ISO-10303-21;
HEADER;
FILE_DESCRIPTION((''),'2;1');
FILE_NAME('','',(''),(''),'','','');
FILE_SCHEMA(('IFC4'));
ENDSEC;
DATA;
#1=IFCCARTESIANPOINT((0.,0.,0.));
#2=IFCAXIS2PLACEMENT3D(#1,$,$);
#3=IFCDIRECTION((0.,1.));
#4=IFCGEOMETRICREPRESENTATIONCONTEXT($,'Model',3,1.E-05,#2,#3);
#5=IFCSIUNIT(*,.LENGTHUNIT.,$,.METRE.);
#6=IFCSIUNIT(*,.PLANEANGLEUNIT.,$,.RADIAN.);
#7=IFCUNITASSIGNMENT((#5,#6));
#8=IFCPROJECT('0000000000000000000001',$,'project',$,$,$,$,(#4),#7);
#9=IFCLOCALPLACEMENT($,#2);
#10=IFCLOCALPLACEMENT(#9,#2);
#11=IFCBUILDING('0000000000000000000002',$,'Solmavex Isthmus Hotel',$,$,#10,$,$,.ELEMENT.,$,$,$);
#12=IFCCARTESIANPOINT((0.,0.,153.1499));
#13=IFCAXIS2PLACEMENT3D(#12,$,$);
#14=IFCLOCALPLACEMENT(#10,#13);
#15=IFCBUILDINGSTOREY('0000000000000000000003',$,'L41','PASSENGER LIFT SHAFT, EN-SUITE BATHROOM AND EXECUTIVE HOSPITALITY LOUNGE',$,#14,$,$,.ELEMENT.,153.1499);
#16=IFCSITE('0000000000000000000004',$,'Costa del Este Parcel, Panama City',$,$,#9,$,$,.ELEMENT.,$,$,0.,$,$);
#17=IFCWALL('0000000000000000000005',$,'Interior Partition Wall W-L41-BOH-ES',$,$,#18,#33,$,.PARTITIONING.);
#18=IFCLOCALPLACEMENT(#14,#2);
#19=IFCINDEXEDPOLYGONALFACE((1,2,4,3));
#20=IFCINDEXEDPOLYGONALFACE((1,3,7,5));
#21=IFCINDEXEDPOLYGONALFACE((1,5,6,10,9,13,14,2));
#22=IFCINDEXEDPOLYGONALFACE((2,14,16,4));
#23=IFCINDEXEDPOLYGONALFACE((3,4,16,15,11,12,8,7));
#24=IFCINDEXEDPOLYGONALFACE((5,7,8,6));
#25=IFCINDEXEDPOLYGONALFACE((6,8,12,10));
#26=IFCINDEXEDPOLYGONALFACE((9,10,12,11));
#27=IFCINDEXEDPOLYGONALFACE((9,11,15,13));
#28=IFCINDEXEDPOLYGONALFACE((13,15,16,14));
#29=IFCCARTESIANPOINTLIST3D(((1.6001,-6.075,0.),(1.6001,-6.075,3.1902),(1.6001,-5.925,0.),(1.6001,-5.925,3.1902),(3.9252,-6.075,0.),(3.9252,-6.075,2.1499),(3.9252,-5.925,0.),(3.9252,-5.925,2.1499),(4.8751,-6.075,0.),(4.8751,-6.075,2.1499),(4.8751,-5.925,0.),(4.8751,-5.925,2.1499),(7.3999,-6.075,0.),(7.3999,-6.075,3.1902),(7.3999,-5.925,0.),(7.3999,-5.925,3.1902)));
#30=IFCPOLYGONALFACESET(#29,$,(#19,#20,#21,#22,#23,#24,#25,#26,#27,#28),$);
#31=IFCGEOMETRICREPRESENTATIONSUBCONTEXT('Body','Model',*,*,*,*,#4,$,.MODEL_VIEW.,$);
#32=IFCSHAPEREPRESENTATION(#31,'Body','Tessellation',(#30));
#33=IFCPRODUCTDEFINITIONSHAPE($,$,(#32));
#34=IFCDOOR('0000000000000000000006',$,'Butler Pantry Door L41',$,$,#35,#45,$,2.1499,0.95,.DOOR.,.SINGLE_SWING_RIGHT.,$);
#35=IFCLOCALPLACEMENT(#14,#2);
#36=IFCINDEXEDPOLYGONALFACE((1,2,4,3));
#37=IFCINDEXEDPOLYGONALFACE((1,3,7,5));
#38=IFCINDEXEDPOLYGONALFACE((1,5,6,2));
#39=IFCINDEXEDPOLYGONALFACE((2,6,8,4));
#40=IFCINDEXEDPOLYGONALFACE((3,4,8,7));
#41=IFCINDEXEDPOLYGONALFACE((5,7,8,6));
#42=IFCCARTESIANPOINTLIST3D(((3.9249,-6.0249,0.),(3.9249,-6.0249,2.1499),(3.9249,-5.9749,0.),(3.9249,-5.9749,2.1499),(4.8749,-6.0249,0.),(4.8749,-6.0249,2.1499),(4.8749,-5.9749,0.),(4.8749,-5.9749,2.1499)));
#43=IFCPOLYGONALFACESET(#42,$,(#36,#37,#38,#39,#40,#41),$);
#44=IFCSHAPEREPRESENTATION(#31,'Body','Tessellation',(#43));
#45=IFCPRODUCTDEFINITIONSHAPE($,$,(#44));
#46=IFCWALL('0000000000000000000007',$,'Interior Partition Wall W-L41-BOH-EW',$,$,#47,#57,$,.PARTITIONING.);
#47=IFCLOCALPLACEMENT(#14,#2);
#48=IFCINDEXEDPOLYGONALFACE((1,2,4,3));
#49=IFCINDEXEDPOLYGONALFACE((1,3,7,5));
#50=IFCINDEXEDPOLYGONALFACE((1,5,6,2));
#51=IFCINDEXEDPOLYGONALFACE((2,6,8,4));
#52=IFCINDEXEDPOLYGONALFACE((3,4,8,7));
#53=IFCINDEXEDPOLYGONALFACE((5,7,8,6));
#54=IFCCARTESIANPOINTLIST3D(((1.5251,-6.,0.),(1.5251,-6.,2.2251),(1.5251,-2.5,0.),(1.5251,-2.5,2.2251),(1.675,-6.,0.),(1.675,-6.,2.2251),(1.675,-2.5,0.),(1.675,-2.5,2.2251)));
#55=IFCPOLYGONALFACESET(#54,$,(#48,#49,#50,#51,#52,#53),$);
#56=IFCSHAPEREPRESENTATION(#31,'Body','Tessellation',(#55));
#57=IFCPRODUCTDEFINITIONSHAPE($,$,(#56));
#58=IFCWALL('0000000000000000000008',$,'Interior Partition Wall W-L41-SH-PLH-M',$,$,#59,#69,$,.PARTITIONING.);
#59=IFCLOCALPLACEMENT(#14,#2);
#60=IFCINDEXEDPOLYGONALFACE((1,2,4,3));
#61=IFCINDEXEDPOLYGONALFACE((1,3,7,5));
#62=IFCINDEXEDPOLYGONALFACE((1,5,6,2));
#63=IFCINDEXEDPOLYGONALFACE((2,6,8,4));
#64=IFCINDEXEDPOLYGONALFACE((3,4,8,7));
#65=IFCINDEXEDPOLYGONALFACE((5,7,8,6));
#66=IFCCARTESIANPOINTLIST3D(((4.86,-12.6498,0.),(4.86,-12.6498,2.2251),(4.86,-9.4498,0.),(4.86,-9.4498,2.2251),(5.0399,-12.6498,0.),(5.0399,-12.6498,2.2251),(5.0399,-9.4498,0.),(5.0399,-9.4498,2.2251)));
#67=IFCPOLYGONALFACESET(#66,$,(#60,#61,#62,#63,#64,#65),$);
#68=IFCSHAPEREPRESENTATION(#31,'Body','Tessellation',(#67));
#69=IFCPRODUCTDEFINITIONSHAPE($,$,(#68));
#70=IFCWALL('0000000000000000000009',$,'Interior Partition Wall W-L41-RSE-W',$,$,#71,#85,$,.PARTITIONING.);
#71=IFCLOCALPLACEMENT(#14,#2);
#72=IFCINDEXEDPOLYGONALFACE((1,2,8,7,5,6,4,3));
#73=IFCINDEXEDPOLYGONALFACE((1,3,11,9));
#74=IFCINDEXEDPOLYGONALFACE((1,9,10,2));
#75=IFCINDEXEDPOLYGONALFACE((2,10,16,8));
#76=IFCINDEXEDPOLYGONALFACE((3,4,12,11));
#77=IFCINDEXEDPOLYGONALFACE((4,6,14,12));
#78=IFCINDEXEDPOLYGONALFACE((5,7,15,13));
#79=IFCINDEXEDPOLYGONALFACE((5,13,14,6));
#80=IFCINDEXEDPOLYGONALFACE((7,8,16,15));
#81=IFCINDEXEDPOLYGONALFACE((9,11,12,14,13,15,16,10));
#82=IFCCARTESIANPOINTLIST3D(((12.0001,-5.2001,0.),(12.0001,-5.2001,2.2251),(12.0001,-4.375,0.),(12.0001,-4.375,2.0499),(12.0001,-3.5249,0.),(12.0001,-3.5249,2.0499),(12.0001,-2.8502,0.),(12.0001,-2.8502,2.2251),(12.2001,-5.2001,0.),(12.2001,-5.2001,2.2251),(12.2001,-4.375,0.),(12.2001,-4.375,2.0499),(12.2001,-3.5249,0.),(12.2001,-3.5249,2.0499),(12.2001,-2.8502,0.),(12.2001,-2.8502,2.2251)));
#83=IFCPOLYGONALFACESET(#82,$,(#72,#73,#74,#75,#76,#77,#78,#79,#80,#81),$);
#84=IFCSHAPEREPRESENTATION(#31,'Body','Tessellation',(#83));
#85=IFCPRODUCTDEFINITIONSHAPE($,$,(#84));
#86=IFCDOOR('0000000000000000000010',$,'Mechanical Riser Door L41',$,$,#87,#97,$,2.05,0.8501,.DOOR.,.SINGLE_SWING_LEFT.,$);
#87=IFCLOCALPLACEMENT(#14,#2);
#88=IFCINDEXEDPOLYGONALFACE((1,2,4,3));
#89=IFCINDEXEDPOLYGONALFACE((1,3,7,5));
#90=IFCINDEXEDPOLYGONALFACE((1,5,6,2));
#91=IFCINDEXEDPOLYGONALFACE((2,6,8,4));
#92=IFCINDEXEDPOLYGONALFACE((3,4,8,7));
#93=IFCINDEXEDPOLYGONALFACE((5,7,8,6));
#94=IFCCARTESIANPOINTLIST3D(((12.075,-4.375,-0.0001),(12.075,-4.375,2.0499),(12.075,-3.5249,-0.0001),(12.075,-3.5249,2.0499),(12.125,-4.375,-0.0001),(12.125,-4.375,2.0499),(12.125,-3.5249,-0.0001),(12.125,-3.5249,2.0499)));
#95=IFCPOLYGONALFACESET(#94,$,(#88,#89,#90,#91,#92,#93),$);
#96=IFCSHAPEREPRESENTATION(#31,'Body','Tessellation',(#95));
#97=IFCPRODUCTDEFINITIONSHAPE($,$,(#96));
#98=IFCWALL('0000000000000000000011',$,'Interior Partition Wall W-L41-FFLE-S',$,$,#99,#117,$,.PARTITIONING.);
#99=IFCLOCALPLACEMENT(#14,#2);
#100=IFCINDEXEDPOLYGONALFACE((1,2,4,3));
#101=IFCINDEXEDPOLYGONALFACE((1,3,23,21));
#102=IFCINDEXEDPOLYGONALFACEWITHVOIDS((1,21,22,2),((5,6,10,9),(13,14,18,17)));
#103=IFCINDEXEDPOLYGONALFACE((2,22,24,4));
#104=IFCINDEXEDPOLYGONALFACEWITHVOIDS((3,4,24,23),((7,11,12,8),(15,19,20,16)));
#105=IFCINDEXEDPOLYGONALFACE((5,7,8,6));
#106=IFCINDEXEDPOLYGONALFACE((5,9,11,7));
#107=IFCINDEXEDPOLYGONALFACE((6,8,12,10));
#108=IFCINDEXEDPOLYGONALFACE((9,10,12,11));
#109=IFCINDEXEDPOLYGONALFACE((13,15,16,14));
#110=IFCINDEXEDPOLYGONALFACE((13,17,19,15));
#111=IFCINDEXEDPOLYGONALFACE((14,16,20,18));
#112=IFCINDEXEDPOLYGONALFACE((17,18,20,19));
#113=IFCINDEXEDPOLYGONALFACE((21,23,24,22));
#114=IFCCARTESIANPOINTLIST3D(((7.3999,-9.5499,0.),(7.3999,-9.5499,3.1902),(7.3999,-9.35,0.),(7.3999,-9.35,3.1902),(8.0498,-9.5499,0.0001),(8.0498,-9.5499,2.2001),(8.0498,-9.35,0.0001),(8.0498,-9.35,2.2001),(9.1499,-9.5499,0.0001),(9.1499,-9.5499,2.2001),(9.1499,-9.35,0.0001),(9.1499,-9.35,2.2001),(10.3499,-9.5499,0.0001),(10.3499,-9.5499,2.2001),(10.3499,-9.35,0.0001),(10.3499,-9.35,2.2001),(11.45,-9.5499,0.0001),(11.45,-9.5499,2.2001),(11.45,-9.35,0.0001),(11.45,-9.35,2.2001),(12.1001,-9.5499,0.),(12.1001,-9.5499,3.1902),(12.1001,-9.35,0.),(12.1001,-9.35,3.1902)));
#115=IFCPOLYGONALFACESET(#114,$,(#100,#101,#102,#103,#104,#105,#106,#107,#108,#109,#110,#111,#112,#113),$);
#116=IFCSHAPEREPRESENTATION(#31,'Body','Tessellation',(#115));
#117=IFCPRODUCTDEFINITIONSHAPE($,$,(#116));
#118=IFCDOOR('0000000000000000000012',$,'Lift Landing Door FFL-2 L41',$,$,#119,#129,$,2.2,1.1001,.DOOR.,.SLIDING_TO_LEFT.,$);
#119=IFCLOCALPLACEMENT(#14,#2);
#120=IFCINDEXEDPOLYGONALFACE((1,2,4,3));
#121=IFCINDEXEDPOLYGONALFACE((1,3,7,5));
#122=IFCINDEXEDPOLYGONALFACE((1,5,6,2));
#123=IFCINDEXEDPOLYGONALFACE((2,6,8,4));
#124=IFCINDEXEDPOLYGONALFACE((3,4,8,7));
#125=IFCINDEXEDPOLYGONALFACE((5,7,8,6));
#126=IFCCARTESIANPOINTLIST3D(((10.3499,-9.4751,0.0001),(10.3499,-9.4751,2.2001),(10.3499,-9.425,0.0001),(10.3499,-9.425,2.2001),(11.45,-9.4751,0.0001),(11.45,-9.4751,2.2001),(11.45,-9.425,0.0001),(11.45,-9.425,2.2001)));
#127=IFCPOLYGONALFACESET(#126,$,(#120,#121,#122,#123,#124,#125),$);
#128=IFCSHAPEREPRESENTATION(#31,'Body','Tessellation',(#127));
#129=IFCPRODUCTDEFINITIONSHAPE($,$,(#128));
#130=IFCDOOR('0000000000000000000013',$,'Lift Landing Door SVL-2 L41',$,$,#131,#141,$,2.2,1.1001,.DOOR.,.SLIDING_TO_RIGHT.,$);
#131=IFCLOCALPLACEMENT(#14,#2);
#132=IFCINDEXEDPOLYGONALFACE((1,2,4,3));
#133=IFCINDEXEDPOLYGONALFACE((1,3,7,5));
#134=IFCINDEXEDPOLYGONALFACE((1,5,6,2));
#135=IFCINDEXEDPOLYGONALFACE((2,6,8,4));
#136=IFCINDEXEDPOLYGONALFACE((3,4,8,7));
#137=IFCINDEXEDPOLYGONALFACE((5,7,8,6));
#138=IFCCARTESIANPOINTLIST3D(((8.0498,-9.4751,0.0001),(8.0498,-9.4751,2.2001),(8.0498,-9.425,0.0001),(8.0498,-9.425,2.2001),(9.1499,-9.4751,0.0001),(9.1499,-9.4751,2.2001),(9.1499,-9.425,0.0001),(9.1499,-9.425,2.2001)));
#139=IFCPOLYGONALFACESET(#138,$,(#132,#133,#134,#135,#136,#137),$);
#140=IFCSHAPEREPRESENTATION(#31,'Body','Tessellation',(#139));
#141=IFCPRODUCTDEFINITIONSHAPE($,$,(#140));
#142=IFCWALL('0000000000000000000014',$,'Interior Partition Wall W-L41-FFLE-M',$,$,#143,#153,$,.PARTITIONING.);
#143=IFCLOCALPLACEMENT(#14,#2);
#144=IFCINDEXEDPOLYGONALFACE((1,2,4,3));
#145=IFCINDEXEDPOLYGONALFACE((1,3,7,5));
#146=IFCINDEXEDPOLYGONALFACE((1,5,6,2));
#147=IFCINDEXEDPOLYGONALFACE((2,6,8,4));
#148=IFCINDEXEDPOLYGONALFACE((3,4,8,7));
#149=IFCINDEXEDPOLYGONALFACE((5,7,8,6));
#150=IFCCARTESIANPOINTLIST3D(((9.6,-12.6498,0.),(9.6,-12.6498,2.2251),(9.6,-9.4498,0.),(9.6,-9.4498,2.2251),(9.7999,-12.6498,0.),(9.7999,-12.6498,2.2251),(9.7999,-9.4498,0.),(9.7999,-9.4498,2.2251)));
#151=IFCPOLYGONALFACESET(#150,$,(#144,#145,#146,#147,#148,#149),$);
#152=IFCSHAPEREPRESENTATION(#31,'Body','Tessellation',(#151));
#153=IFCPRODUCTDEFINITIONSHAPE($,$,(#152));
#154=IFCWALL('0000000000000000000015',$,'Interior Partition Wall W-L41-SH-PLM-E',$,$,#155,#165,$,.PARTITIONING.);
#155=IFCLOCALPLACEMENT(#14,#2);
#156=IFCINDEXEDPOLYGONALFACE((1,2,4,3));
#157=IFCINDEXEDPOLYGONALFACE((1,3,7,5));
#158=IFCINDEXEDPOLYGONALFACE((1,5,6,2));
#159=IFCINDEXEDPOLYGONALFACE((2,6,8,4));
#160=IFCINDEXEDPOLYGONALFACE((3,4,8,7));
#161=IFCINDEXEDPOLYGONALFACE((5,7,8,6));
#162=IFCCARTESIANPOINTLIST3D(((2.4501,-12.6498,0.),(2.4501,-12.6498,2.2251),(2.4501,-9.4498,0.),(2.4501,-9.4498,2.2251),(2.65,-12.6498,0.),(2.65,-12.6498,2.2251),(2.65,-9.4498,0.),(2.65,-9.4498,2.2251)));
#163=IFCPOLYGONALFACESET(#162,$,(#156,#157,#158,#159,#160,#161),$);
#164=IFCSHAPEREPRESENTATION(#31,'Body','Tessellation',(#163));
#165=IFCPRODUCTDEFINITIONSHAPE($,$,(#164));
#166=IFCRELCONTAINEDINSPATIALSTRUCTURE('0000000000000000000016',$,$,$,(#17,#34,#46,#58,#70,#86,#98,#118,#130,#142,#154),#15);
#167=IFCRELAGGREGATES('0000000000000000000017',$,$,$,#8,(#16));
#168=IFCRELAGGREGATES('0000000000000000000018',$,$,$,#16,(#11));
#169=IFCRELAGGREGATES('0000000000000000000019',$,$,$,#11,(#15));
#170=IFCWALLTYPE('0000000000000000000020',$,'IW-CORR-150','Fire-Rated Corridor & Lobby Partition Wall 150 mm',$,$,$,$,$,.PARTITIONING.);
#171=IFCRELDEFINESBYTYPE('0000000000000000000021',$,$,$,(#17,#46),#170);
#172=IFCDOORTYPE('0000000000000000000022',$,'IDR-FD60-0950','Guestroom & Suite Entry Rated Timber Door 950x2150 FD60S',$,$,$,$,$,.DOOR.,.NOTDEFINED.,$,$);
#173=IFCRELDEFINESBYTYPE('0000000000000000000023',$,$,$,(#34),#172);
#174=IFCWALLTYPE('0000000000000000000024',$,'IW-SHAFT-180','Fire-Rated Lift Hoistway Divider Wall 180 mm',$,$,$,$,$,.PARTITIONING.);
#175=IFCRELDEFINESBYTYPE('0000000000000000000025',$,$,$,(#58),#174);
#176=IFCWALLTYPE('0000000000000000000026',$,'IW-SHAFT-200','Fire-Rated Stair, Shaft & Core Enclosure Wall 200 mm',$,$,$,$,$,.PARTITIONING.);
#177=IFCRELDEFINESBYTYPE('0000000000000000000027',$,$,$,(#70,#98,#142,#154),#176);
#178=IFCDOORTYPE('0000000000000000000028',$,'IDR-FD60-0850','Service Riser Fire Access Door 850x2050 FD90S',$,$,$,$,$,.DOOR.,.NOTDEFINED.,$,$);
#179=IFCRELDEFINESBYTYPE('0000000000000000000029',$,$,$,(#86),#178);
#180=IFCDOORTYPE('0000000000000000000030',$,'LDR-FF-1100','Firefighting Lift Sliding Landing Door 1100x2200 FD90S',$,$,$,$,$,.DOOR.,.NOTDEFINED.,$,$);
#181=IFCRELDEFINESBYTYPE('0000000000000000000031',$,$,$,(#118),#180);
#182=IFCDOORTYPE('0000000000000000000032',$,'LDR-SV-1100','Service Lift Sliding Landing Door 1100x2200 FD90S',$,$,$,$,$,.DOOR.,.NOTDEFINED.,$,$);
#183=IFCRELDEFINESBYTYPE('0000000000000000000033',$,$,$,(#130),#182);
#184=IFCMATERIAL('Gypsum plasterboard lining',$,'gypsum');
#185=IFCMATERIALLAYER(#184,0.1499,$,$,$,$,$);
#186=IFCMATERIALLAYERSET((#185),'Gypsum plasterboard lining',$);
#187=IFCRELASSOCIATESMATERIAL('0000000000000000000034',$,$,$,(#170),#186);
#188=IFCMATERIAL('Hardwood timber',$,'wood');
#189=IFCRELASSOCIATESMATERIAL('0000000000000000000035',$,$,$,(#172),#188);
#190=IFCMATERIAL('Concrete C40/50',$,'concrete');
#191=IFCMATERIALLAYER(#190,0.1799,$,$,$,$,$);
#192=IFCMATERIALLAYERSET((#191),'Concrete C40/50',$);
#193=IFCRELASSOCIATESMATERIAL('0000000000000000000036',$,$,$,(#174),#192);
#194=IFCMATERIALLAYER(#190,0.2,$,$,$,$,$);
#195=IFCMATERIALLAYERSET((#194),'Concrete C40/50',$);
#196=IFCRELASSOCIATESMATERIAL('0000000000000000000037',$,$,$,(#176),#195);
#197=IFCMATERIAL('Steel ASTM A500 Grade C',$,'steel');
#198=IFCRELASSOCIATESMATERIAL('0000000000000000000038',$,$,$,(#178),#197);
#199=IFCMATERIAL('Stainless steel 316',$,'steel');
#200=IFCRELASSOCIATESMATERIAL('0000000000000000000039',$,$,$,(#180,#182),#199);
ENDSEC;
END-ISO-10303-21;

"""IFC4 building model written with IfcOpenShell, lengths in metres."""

from ifc_helpers import new_model, si_unit, direction, frame, frame_2d, origin, place, context, subcontext, project, spatial, rectangle, extrude, material, layer, layer_set, type_object, element, fill, save


model = new_model("IFC4")

# Units and contexts
model_context = context("Model", 3, precision=1e-05, world=origin(), true_north=direction((0.0, 1.0)))
body_context = subcontext(model_context, "Body", "Model", "MODEL_VIEW")
ifc_project = project(units=[si_unit("LENGTHUNIT", "METRE"), si_unit("PLANEANGLEUNIT", "RADIAN")], contexts=[model_context])

# Site, building, storey
site_placement = place(None, origin())
site = spatial("IfcSite", under=ifc_project, at=site_placement, Name="Costa del Este Parcel, Panama City", CompositionType="ELEMENT", RefElevation=0.0)
building_placement = place(site_placement, origin())
building = spatial("IfcBuilding", under=site, at=building_placement, Name="Solmavex Isthmus Hotel", CompositionType="ELEMENT")
storey_placement = place(building_placement, frame((0.0, 0.0, 153.1499)))
storey = spatial("IfcBuildingStorey", under=building, at=storey_placement, Name="L41", Description="PASSENGER LIFT SHAFT, EN-SUITE BATHROOM AND EXECUTIVE HOSPITALITY LOUNGE", CompositionType="ELEMENT", Elevation=153.1499)

# Wall, opening, door
ifc_material_1 = material(Name="Gypsum plasterboard lining", Category="gypsum")
ifc_layer_1 = layer(ifc_material_1, 0.1499)
ifc_layer_set_1 = layer_set([ifc_layer_1], Name="Gypsum plasterboard lining")
wall_type_1 = type_object("IfcWallType", Name="IW-CORR-150", Description="Fire-Rated Corridor & Lobby Partition Wall 150 mm", PredefinedType="PARTITIONING", material=ifc_layer_set_1)
wall_1_placement = place(storey_placement, frame((1.6001, -6.0, 0.0), z_axis=(0.0, 0.0, 1.0), x_axis=(1.0, 0.0, 0.0)))
wall_1 = element("IfcWall", 1, at=wall_1_placement, inside=storey, type_object=wall_type_1, Name="Interior Partition Wall W-L41-BOH-ES", PredefinedType="PARTITIONING", context=body_context, shape_type="SweptSolid", body=[
    extrude(rectangle(XDim=5.7998, YDim=0.1499, at=frame_2d((2.8999, 0.0))), origin(), (0.0, 0.0, 1.0), 3.1902),
])
opening_1_placement = place(wall_1_placement, frame((2.325, 0.0, 0.0)))
opening_1 = element("IfcOpeningElement", 2, at=opening_1_placement, cuts=wall_1, PredefinedType="OPENING", context=body_context, shape_type="SweptSolid", body=[
    extrude(rectangle(XDim=0.95, YDim=2.1499, at=frame_2d((0.4751, 1.075))), frame((0.0, 0.085, 0.0), z_axis=(0.0, -1.0, 0.0), x_axis=(1.0, 0.0, 0.0)), (0.0, 0.0, 1.0), 0.1699),
])
ifc_material_2 = material(Name="Hardwood timber", Category="wood")
door_type_1 = type_object("IfcDoorType", Name="IDR-FD60-0950", Description="Guestroom & Suite Entry Rated Timber Door 950x2150 FD60S", OperationType="NOTDEFINED", PredefinedType="DOOR", material=ifc_material_2)
door_1_placement = place(opening_1_placement, frame((0.95, 0.0, 0.0), z_axis=(0.0, 0.0, 1.0), x_axis=(-1.0, 0.0, 0.0)))
door_1 = element("IfcDoor", 3, at=door_1_placement, inside=storey, type_object=door_type_1, Name="Butler Pantry Door L41", OperationType="SINGLE_SWING_RIGHT", OverallHeight=2.1499, OverallWidth=0.95, PredefinedType="DOOR", context=body_context, shape_type="SweptSolid", body=[
    extrude(rectangle(XDim=0.95, YDim=2.1499, at=frame_2d((0.4751, 1.075))), frame((0.0, 0.0249, 0.0), z_axis=(0.0, -1.0, 0.0), x_axis=(1.0, 0.0, 0.0)), (0.0, 0.0, 1.0), 0.05),
])
fill(opening_1, door_1)

# Walls
wall_2_placement = place(storey_placement, frame((1.6001, -6.0, 0.0), z_axis=(0.0, 0.0, 1.0), x_axis=(0.0, 1.0, 0.0)))
element("IfcWall", 4, at=wall_2_placement, inside=storey, type_object=wall_type_1, Name="Interior Partition Wall W-L41-BOH-EW", PredefinedType="PARTITIONING", context=body_context, shape_type="SweptSolid", body=[
    extrude(rectangle(XDim=3.5, YDim=0.1499, at=frame_2d((1.75, 0.0))), origin(), (0.0, 0.0, 1.0), 2.2251),
])
ifc_material_3 = material(Name="Concrete C40/50", Category="concrete")
ifc_layer_2 = layer(ifc_material_3, 0.1799)
ifc_layer_set_2 = layer_set([ifc_layer_2], Name="Concrete C40/50")
wall_type_2 = type_object("IfcWallType", Name="IW-SHAFT-180", Description="Fire-Rated Lift Hoistway Divider Wall 180 mm", PredefinedType="PARTITIONING", material=ifc_layer_set_2)
wall_3_placement = place(storey_placement, frame((4.95, -12.6499, 0.0), z_axis=(0.0, 0.0, 1.0), x_axis=(0.0, 1.0, 0.0)))
element("IfcWall", 5, at=wall_3_placement, inside=storey, type_object=wall_type_2, Name="Interior Partition Wall W-L41-SH-PLH-M", PredefinedType="PARTITIONING", context=body_context, shape_type="SweptSolid", body=[
    extrude(rectangle(XDim=3.2, YDim=0.1799, at=frame_2d((1.6001, 0.0))), origin(), (0.0, 0.0, 1.0), 2.2251),
])

# Wall, opening, door
ifc_layer_3 = layer(ifc_material_3, 0.2)
ifc_layer_set_3 = layer_set([ifc_layer_3], Name="Concrete C40/50")
wall_type_3 = type_object("IfcWallType", Name="IW-SHAFT-200", Description="Fire-Rated Stair, Shaft & Core Enclosure Wall 200 mm", PredefinedType="PARTITIONING", material=ifc_layer_set_3)
wall_4_placement = place(storey_placement, frame((12.1001, -5.2, 0.0), z_axis=(0.0, 0.0, 1.0), x_axis=(0.0, 1.0, 0.0)))
wall_4 = element("IfcWall", 6, at=wall_4_placement, inside=storey, type_object=wall_type_3, Name="Interior Partition Wall W-L41-RSE-W", PredefinedType="PARTITIONING", context=body_context, shape_type="SweptSolid", body=[
    extrude(rectangle(XDim=2.3499, YDim=0.2, at=frame_2d((1.1748, 0.0))), origin(), (0.0, 0.0, 1.0), 2.2251),
])
opening_2_placement = place(wall_4_placement, frame((0.825, 0.0, 0.0)))
opening_2 = element("IfcOpeningElement", 7, at=opening_2_placement, cuts=wall_4, PredefinedType="OPENING", context=body_context, shape_type="SweptSolid", body=[
    extrude(rectangle(XDim=0.8501, YDim=2.05, at=frame_2d((0.425, 1.0249))), frame((0.0, 0.1099, 0.0), z_axis=(0.0, -1.0, 0.0), x_axis=(1.0, 0.0, 0.0)), (0.0, 0.0, 1.0), 0.22),
])
ifc_material_4 = material(Name="Steel ASTM A500 Grade C", Category="steel")
door_type_2 = type_object("IfcDoorType", Name="IDR-FD60-0850", Description="Service Riser Fire Access Door 850x2050 FD90S", OperationType="NOTDEFINED", PredefinedType="DOOR", material=ifc_material_4)
door_2_placement = place(opening_2_placement, frame((0.8501, 0.0, 0.0), z_axis=(0.0, 0.0, 1.0), x_axis=(-1.0, 0.0, 0.0)))
door_2 = element("IfcDoor", 8, at=door_2_placement, inside=storey, type_object=door_type_2, Name="Mechanical Riser Door L41", OperationType="SINGLE_SWING_LEFT", OverallHeight=2.05, OverallWidth=0.8501, PredefinedType="DOOR", context=body_context, shape_type="SweptSolid", body=[
    extrude(rectangle(XDim=0.8501, YDim=2.05, at=frame_2d((0.425, 1.0249))), frame((0.0, 0.0249, 0.0), z_axis=(0.0, -1.0, 0.0), x_axis=(1.0, 0.0, 0.0)), (0.0, 0.0, 1.0), 0.05),
])
fill(opening_2, door_2)

# Wall, openings, doors
wall_5_placement = place(storey_placement, frame((7.3999, -9.45, 0.0), z_axis=(0.0, 0.0, 1.0), x_axis=(1.0, 0.0, 0.0)))
wall_5 = element("IfcWall", 9, at=wall_5_placement, inside=storey, type_object=wall_type_3, Name="Interior Partition Wall W-L41-FFLE-S", PredefinedType="PARTITIONING", context=body_context, shape_type="SweptSolid", body=[
    extrude(rectangle(XDim=4.7002, YDim=0.2, at=frame_2d((2.3501, 0.0))), origin(), (0.0, 0.0, 1.0), 3.1902),
])
opening_3_placement = place(wall_5_placement, frame((2.95, 0.0, 0.0)))
opening_3 = element("IfcOpeningElement", 10, at=opening_3_placement, cuts=wall_5, PredefinedType="OPENING", context=body_context, shape_type="SweptSolid", body=[
    extrude(rectangle(XDim=1.1001, YDim=2.2, at=frame_2d((0.55, 1.1001))), frame((0.0, 0.1099, 0.0), z_axis=(0.0, -1.0, 0.0), x_axis=(1.0, 0.0, 0.0)), (0.0, 0.0, 1.0), 0.22),
])
opening_4_placement = place(wall_5_placement, frame((0.6499, 0.0, 0.0)))
opening_4 = element("IfcOpeningElement", 11, at=opening_4_placement, cuts=wall_5, PredefinedType="OPENING", context=body_context, shape_type="SweptSolid", body=[
    extrude(rectangle(XDim=1.1001, YDim=2.2, at=frame_2d((0.55, 1.1001))), frame((0.0, 0.1099, 0.0), z_axis=(0.0, -1.0, 0.0), x_axis=(1.0, 0.0, 0.0)), (0.0, 0.0, 1.0), 0.22),
])
ifc_material_5 = material(Name="Stainless steel 316", Category="steel")
door_type_3 = type_object("IfcDoorType", Name="LDR-FF-1100", Description="Firefighting Lift Sliding Landing Door 1100x2200 FD90S", OperationType="NOTDEFINED", PredefinedType="DOOR", material=ifc_material_5)
door_3_placement = place(opening_3_placement, origin())
door_3 = element("IfcDoor", 12, at=door_3_placement, inside=storey, type_object=door_type_3, Name="Lift Landing Door FFL-2 L41", OperationType="SLIDING_TO_LEFT", OverallHeight=2.2, OverallWidth=1.1001, PredefinedType="DOOR", context=body_context, shape_type="SweptSolid", body=[
    extrude(rectangle(XDim=1.1001, YDim=2.2, at=frame_2d((0.55, 1.1001))), frame((0.0, 0.0249, 0.0), z_axis=(0.0, -1.0, 0.0), x_axis=(1.0, 0.0, 0.0)), (0.0, 0.0, 1.0), 0.05),
])
fill(opening_3, door_3)
door_type_4 = type_object("IfcDoorType", Name="LDR-SV-1100", Description="Service Lift Sliding Landing Door 1100x2200 FD90S", OperationType="NOTDEFINED", PredefinedType="DOOR", material=ifc_material_5)
door_4_placement = place(opening_4_placement, origin())
door_4 = element("IfcDoor", 13, at=door_4_placement, inside=storey, type_object=door_type_4, Name="Lift Landing Door SVL-2 L41", OperationType="SLIDING_TO_RIGHT", OverallHeight=2.2, OverallWidth=1.1001, PredefinedType="DOOR", context=body_context, shape_type="SweptSolid", body=[
    extrude(rectangle(XDim=1.1001, YDim=2.2, at=frame_2d((0.55, 1.1001))), frame((0.0, 0.0249, 0.0), z_axis=(0.0, -1.0, 0.0), x_axis=(1.0, 0.0, 0.0)), (0.0, 0.0, 1.0), 0.05),
])
fill(opening_4, door_4)

# Walls
for number, where, z_axis, x_axis, name in (
    (14, (9.7, -12.6499, 0.0), (0.0, 0.0, 1.0), (0.0, 1.0, 0.0), "Interior Partition Wall W-L41-FFLE-M"),
    (15, (2.55, -12.6499, 0.0), (0.0, 0.0, 1.0), (0.0, 1.0, 0.0), "Interior Partition Wall W-L41-SH-PLM-E"),
):
    element("IfcWall", number, at=place(storey_placement, frame(where, z_axis=z_axis, x_axis=x_axis)), inside=storey, type_object=wall_type_3, Name=name, PredefinedType="PARTITIONING", context=body_context, shape_type="SweptSolid", body=[
        extrude(rectangle(XDim=3.2, YDim=0.2, at=frame_2d((1.6001, 0.0))), origin(), (0.0, 0.0, 1.0), 2.2251),
    ])

save(model, "model.ifc")
